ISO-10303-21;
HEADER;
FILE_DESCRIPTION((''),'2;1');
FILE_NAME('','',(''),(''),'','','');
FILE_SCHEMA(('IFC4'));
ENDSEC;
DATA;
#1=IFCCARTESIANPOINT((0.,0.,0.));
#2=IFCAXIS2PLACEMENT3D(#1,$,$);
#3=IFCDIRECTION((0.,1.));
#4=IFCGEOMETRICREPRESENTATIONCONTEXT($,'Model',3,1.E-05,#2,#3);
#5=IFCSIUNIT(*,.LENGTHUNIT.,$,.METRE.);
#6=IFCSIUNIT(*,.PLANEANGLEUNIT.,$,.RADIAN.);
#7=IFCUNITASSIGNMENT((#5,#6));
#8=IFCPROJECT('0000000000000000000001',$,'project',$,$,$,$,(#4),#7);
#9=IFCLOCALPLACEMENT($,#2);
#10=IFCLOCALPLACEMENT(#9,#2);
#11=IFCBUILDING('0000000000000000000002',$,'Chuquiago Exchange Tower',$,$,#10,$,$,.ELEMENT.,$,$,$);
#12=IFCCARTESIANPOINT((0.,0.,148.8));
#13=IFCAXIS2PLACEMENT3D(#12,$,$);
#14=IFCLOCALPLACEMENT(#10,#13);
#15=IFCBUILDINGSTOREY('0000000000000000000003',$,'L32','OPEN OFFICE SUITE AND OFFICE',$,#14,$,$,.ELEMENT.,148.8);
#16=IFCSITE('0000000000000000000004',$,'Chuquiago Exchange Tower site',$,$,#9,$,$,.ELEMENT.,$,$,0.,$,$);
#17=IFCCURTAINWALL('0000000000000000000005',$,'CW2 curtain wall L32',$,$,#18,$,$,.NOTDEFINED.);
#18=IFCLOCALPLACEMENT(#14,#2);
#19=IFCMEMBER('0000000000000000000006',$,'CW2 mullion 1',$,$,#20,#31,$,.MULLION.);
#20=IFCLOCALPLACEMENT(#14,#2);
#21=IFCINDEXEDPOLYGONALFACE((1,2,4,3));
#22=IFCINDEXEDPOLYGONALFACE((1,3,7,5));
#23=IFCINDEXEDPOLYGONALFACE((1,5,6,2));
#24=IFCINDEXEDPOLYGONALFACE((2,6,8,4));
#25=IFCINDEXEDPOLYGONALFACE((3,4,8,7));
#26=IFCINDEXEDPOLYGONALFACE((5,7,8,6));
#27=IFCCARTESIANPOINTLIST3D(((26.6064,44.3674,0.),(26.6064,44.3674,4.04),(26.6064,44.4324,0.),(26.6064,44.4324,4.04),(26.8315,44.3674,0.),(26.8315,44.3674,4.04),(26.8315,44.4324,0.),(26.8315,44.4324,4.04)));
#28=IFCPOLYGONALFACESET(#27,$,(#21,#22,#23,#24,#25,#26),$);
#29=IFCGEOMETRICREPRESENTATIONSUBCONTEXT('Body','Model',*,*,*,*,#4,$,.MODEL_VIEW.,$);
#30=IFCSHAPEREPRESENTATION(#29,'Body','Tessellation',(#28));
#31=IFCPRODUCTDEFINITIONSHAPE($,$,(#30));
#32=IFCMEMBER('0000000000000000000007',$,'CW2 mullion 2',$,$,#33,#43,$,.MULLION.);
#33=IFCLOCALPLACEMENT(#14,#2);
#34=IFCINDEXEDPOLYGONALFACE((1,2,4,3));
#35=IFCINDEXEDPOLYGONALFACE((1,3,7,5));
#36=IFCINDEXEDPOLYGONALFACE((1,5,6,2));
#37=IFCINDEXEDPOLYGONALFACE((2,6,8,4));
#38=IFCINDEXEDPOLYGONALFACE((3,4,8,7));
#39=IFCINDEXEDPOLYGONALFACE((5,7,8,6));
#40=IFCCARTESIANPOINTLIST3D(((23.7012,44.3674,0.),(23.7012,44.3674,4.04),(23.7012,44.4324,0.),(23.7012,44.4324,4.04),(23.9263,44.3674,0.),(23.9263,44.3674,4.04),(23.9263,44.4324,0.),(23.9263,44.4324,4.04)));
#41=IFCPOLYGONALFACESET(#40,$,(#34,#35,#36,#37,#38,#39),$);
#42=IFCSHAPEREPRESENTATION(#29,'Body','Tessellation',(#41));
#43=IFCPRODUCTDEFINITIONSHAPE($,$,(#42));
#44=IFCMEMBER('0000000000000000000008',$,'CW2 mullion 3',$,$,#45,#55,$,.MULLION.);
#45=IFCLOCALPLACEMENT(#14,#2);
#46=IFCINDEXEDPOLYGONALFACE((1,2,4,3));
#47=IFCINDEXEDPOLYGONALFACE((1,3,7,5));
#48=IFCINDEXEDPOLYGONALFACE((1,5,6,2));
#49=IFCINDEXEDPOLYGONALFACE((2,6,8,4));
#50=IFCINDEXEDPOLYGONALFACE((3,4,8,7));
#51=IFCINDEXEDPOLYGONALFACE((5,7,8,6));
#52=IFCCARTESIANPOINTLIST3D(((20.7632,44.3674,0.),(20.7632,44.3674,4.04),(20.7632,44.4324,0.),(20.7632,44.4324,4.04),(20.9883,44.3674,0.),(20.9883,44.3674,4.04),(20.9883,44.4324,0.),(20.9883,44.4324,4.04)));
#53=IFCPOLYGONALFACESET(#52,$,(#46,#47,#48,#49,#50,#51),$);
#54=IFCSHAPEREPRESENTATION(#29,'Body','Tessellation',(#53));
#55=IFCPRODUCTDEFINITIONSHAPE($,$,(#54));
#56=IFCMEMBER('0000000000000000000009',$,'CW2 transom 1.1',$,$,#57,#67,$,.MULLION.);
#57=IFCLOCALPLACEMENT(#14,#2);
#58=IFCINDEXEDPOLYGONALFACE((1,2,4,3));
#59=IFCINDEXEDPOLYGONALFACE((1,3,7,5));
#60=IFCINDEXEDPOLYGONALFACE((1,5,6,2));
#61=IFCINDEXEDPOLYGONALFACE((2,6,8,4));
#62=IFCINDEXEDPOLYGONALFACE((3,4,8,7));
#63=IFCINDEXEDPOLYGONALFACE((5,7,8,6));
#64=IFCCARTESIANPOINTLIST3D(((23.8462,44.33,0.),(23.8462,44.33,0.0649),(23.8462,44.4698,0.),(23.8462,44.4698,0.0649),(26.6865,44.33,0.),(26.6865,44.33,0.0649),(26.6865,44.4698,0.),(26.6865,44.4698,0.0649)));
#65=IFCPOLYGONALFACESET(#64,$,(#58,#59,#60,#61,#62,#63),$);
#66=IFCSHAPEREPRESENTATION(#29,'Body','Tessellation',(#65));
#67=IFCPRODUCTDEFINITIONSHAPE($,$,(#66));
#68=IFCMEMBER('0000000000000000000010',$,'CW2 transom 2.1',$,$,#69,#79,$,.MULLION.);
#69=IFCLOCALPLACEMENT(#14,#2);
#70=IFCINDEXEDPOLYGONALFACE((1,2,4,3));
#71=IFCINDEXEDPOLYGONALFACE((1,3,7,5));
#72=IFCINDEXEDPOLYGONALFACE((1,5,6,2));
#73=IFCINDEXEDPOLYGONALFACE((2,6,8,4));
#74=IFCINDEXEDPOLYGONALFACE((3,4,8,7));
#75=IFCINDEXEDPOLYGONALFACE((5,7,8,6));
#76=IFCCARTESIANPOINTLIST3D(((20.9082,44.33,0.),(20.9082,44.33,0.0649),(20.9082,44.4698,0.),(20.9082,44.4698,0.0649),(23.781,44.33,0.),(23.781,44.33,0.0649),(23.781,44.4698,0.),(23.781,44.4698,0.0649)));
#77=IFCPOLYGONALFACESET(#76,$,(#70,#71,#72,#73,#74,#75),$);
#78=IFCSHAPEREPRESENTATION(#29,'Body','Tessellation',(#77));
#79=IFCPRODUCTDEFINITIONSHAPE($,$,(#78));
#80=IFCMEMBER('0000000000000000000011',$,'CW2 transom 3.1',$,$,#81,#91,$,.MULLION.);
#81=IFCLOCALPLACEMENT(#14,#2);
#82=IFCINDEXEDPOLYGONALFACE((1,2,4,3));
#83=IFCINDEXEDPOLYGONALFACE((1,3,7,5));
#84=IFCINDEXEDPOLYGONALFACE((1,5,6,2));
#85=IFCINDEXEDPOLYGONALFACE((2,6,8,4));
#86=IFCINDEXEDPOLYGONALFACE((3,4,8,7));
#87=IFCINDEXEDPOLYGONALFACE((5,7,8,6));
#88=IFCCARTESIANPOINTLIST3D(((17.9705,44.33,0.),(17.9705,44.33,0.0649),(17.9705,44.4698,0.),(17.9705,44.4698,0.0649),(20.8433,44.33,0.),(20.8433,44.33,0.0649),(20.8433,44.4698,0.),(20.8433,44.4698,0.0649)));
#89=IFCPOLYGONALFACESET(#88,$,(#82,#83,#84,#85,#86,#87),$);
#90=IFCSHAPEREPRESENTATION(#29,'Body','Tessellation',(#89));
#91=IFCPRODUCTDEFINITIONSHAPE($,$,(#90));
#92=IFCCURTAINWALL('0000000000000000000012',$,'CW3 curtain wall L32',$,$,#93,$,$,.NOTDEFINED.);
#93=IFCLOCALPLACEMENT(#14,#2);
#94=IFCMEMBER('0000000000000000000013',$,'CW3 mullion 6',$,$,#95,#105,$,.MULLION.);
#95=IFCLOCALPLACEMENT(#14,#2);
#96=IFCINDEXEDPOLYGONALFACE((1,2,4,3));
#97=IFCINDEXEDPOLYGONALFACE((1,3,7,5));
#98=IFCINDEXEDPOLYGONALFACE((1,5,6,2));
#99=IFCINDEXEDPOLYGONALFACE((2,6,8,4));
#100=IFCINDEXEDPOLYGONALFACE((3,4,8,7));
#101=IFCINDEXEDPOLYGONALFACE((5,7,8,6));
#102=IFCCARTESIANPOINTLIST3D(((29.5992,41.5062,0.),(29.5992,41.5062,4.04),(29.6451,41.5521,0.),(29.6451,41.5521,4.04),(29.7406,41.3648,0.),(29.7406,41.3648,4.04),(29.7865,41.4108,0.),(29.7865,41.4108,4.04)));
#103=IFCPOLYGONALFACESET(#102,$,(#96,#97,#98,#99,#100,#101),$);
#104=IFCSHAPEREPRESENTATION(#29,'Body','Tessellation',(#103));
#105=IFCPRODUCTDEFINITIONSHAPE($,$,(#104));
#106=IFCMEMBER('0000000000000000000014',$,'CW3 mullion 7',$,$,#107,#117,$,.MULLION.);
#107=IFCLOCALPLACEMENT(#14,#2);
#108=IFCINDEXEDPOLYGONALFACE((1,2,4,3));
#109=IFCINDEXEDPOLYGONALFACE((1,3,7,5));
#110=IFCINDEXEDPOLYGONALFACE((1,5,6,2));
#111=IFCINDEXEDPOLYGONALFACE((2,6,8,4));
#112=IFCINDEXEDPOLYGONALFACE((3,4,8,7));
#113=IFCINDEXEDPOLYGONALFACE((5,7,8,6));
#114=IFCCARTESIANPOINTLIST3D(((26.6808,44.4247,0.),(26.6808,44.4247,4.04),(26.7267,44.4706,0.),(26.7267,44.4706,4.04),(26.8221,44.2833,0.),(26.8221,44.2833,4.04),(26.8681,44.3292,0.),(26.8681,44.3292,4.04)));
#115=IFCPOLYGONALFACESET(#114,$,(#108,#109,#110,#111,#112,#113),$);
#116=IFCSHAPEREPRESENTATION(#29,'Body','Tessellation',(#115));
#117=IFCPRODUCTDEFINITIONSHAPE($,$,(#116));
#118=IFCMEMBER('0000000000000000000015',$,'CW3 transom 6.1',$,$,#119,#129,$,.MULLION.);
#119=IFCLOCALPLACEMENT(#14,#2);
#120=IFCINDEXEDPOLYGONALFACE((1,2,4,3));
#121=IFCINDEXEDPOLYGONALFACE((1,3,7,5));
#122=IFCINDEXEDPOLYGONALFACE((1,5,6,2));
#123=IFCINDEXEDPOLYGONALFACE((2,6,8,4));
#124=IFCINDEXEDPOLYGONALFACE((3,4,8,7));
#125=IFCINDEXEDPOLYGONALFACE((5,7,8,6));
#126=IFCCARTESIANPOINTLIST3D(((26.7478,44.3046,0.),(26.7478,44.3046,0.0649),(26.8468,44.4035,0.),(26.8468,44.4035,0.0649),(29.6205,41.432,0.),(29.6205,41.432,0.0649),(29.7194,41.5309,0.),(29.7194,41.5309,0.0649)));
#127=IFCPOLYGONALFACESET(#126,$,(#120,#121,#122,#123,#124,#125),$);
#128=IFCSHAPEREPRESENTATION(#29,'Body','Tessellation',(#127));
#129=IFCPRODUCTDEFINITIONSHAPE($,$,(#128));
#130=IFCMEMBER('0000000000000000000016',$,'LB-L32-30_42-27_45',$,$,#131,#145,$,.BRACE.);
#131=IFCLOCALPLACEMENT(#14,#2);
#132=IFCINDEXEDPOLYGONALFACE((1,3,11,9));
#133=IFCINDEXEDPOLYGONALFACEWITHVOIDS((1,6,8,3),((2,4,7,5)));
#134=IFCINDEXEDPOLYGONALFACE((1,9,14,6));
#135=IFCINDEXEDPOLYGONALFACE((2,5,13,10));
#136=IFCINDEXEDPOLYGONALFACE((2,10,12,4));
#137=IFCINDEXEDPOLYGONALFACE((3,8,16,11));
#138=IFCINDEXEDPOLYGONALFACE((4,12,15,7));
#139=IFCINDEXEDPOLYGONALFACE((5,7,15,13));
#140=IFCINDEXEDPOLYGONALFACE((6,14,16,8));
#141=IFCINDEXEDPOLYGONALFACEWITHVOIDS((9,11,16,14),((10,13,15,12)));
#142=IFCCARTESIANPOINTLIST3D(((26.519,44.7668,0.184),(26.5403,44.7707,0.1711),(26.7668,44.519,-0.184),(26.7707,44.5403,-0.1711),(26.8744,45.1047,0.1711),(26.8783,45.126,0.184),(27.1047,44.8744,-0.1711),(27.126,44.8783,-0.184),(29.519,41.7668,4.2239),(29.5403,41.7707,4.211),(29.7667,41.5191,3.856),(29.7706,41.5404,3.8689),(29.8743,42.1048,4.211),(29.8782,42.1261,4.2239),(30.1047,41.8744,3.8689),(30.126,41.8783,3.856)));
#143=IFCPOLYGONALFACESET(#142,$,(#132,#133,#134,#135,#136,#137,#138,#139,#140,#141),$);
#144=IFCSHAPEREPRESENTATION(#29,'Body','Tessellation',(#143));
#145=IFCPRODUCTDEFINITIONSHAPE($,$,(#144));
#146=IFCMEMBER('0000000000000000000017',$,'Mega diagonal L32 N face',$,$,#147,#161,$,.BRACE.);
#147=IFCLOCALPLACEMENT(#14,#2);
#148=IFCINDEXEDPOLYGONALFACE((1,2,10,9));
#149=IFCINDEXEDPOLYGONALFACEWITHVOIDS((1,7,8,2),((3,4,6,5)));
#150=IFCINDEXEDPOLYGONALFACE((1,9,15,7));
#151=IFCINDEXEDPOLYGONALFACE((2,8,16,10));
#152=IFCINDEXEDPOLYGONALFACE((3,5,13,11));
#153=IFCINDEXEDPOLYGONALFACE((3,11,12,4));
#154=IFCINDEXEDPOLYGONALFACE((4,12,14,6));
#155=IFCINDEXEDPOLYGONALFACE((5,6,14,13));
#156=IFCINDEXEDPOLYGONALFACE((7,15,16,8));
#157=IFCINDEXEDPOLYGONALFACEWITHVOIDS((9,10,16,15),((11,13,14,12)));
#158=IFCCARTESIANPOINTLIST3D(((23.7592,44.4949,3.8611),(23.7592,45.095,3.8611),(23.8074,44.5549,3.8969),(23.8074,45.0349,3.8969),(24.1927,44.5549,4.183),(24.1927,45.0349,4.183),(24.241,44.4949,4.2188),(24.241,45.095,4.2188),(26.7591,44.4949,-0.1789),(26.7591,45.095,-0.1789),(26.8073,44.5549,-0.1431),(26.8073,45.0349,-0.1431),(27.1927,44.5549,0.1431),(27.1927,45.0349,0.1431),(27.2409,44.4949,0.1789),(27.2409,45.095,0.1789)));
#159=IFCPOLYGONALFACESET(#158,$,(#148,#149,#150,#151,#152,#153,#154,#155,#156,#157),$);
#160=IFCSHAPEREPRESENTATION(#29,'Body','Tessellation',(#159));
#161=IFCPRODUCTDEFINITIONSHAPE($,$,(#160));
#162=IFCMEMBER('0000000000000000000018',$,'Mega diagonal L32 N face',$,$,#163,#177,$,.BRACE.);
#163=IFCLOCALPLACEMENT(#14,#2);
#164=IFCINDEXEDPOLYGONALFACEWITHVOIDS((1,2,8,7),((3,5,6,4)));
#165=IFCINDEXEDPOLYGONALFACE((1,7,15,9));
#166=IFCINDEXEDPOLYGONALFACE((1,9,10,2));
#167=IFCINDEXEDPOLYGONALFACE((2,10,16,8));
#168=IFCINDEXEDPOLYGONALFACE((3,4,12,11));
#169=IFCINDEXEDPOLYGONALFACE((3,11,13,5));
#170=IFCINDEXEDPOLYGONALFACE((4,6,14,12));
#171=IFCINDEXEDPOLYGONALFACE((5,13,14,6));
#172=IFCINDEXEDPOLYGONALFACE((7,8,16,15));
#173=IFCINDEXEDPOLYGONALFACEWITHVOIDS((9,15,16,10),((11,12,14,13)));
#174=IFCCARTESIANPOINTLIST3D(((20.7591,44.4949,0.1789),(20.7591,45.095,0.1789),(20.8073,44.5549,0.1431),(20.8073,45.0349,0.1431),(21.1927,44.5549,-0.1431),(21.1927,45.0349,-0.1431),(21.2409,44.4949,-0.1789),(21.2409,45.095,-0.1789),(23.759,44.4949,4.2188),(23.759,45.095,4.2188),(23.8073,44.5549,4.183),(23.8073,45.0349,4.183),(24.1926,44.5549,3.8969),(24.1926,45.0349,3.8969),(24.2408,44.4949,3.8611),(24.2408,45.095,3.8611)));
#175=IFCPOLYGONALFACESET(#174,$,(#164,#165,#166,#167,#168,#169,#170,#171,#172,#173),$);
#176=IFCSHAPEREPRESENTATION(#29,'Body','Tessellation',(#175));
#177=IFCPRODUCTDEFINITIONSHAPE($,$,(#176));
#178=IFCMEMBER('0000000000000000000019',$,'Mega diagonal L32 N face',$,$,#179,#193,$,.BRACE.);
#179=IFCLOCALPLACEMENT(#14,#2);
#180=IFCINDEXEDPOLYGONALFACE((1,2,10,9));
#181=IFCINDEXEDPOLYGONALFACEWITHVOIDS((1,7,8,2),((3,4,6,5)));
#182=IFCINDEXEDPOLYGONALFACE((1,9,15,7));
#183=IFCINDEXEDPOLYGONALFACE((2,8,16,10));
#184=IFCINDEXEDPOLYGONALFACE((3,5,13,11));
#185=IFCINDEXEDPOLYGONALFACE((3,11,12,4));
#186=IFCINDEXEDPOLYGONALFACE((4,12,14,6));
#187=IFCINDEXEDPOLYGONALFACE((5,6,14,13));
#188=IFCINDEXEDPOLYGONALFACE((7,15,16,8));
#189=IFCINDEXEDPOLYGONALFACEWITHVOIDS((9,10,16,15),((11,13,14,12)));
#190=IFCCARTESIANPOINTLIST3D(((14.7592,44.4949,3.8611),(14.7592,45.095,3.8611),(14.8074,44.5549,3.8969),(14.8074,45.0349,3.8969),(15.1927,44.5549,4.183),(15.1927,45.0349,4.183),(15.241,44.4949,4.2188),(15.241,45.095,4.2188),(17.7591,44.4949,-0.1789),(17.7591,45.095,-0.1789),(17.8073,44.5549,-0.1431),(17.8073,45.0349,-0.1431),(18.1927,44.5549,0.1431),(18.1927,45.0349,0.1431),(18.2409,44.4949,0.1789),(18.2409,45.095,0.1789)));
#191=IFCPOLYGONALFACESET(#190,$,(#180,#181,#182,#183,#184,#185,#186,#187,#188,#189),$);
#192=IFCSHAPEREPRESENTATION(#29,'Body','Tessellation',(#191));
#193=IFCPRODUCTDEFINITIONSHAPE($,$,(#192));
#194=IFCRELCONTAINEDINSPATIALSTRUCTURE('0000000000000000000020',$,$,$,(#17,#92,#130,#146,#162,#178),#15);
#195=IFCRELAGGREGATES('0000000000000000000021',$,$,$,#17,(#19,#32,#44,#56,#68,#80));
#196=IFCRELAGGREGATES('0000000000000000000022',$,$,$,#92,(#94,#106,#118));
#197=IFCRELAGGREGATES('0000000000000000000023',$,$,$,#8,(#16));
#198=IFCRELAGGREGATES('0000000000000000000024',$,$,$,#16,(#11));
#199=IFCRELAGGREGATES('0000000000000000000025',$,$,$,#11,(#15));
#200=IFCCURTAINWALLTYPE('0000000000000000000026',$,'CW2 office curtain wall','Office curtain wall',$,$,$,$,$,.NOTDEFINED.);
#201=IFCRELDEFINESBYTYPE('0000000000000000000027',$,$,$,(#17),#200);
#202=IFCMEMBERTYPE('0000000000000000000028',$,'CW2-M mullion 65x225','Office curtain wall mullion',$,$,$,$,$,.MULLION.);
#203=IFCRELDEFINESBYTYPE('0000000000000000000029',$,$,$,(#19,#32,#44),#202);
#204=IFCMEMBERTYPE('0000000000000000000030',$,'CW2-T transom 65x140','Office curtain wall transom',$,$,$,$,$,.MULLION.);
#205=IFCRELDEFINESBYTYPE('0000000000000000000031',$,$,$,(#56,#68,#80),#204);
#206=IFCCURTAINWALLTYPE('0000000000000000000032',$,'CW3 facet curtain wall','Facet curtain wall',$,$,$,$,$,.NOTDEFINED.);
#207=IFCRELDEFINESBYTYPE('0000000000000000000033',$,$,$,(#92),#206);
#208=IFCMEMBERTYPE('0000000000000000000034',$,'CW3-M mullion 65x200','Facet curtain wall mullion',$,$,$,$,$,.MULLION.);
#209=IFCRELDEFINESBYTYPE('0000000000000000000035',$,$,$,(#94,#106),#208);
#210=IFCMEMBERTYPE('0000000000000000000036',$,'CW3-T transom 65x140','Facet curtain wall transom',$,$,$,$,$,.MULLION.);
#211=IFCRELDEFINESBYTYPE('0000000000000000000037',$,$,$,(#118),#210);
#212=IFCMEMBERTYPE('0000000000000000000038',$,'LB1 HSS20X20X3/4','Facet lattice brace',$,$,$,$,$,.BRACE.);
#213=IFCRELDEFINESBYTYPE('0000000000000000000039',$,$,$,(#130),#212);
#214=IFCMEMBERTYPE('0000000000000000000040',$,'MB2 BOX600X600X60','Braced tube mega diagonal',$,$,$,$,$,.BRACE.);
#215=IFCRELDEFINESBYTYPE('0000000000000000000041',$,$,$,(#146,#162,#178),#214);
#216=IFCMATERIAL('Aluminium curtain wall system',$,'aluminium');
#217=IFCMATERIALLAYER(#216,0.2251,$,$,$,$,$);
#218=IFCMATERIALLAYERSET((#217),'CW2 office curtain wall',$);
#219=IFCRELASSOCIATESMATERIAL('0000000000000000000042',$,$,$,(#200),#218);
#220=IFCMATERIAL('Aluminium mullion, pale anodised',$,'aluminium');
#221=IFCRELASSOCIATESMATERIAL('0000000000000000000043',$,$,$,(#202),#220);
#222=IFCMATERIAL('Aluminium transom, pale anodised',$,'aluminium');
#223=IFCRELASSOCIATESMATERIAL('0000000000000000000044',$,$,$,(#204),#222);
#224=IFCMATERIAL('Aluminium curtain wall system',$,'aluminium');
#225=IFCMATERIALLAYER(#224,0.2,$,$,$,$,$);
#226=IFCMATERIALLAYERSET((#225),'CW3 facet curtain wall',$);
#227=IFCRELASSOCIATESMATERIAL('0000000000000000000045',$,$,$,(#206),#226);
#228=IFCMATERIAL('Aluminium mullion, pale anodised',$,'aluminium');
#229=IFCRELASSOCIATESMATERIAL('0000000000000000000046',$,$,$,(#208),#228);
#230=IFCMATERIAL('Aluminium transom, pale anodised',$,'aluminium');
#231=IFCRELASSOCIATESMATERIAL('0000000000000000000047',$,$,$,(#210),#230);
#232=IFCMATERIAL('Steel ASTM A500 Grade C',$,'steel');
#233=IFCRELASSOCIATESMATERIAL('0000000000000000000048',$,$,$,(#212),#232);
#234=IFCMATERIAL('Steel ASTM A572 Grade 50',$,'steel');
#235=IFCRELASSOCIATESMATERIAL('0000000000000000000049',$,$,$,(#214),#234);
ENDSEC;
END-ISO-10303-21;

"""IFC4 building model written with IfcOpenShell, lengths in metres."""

from ifc_helpers import new_model, si_unit, direction, frame, origin, origin_2d, place, context, subcontext, project, spatial, rectangle, hollow_rectangle, extrude, material, layer, layer_set, material_profile, profile_set, type_object, element, aggregate, save


model = new_model("IFC4")

# Units and contexts
model_context = context("Model", 3, precision=1e-05, world=origin(), true_north=direction((0.0, 1.0)))
body_context = subcontext(model_context, "Body", "Model", "MODEL_VIEW")
ifc_project = project(units=[si_unit("LENGTHUNIT", "METRE"), si_unit("PLANEANGLEUNIT", "RADIAN")], contexts=[model_context])

# Site, building, storey
site_placement = place(None, origin())
site = spatial("IfcSite", under=ifc_project, at=site_placement, Name="Chuquiago Exchange Tower site", CompositionType="ELEMENT", RefElevation=0.0)
building_placement = place(site_placement, origin())
building = spatial("IfcBuilding", under=site, at=building_placement, Name="Chuquiago Exchange Tower", CompositionType="ELEMENT")
storey_placement = place(building_placement, frame((0.0, 0.0, 148.8)))
storey = spatial("IfcBuildingStorey", under=building, at=storey_placement, Name="L32", Description="OPEN OFFICE SUITE AND OFFICE", CompositionType="ELEMENT", Elevation=148.8)

# Curtain walls, members
ifc_material_1 = material(Name="Aluminium curtain wall system", Category="aluminium")
ifc_layer_1 = layer(ifc_material_1, 0.2251)
ifc_layer_set_1 = layer_set([ifc_layer_1], Name="CW2 office curtain wall")
curtain_wall_type_1 = type_object("IfcCurtainWallType", Name="CW2 office curtain wall", Description="Office curtain wall", PredefinedType="NOTDEFINED", material=ifc_layer_set_1)
curtain_wall_1_placement = place(storey_placement, origin())
curtain_wall_1 = element("IfcCurtainWall", 1, at=curtain_wall_1_placement, inside=storey, type_object=curtain_wall_type_1, Name="CW2 curtain wall L32", PredefinedType="NOTDEFINED")
ifc_material_2 = material(Name="Aluminium mullion, pale anodised", Category="aluminium")
ifc_material_profile_1 = material_profile(ifc_material_2, rectangle(XDim=0.0649, YDim=0.2251, at=origin_2d()), Name="AL 65x225")
ifc_profile_set_1 = profile_set([ifc_material_profile_1], Name="Aluminium mullion, pale anodised")
member_type_1 = type_object("IfcMemberType", Name="CW2-M mullion 65x225", Description="Office curtain wall mullion", PredefinedType="MULLION", material=ifc_profile_set_1)
member_1_placement = place(storey_placement, frame((26.719, 44.3999, 0.0), z_axis=(0.0, 0.0, 1.0), x_axis=(0.0, -1.0, 0.0)))
member_1 = element("IfcMember", 2, at=member_1_placement, type_object=member_type_1, Name="CW2 mullion 1", PredefinedType="MULLION", context=body_context, shape_type="SweptSolid", body=[
    extrude(rectangle(XDim=0.0649, YDim=0.2251, at=origin_2d()), origin(), (0.0, 0.0, 1.0), 4.04),
])
member_2_placement = place(storey_placement, frame((23.8137, 44.3999, 0.0), z_axis=(0.0, 0.0, 1.0), x_axis=(0.0, -1.0, 0.0)))
member_2 = element("IfcMember", 3, at=member_2_placement, type_object=member_type_1, Name="CW2 mullion 2", PredefinedType="MULLION", context=body_context, shape_type="SweptSolid", body=[
    extrude(rectangle(XDim=0.0649, YDim=0.2251, at=origin_2d()), origin(), (0.0, 0.0, 1.0), 4.04),
])
member_3_placement = place(storey_placement, frame((20.8757, 44.3999, 0.0), z_axis=(0.0, 0.0, 1.0), x_axis=(0.0, -1.0, 0.0)))
member_3 = element("IfcMember", 4, at=member_3_placement, type_object=member_type_1, Name="CW2 mullion 3", PredefinedType="MULLION", context=body_context, shape_type="SweptSolid", body=[
    extrude(rectangle(XDim=0.0649, YDim=0.2251, at=origin_2d()), origin(), (0.0, 0.0, 1.0), 4.04),
])
ifc_material_3 = material(Name="Aluminium transom, pale anodised", Category="aluminium")
ifc_material_profile_2 = material_profile(ifc_material_3, rectangle(XDim=0.1399, YDim=0.0649, at=origin_2d()), Name="AL 140x65")
ifc_profile_set_2 = profile_set([ifc_material_profile_2], Name="Aluminium transom, pale anodised")
member_type_2 = type_object("IfcMemberType", Name="CW2-T transom 65x140", Description="Office curtain wall transom", PredefinedType="MULLION", material=ifc_profile_set_2)
member_4_placement = place(storey_placement, frame((26.6865, 44.3999, 0.0325), z_axis=(-1.0, 0.0, 0.0), x_axis=(0.0, -1.0, 0.0)))
member_4 = element("IfcMember", 5, at=member_4_placement, type_object=member_type_2, Name="CW2 transom 1.1", PredefinedType="MULLION", context=body_context, shape_type="SweptSolid", body=[
    extrude(rectangle(XDim=0.1399, YDim=0.0649, at=origin_2d()), origin(), (0.0, 0.0, 1.0), 2.8403),
])
member_5_placement = place(storey_placement, frame((23.781, 44.3999, 0.0325), z_axis=(-1.0, 0.0, 0.0), x_axis=(0.0, -1.0, 0.0)))
member_5 = element("IfcMember", 6, at=member_5_placement, type_object=member_type_2, Name="CW2 transom 2.1", PredefinedType="MULLION", context=body_context, shape_type="SweptSolid", body=[
    extrude(rectangle(XDim=0.1399, YDim=0.0649, at=origin_2d()), origin(), (0.0, 0.0, 1.0), 2.8728),
])
member_6_placement = place(storey_placement, frame((20.8433, 44.3999, 0.0325), z_axis=(-1.0, 0.0, 0.0), x_axis=(0.0, -1.0, 0.0)))
member_6 = element("IfcMember", 7, at=member_6_placement, type_object=member_type_2, Name="CW2 transom 3.1", PredefinedType="MULLION", context=body_context, shape_type="SweptSolid", body=[
    extrude(rectangle(XDim=0.1399, YDim=0.0649, at=origin_2d()), origin(), (0.0, 0.0, 1.0), 2.8728),
])
ifc_material_4 = material(Name="Aluminium curtain wall system", Category="aluminium")
ifc_layer_2 = layer(ifc_material_4, 0.2)
ifc_layer_set_2 = layer_set([ifc_layer_2], Name="CW3 facet curtain wall")
curtain_wall_type_2 = type_object("IfcCurtainWallType", Name="CW3 facet curtain wall", Description="Facet curtain wall", PredefinedType="NOTDEFINED", material=ifc_layer_set_2)
curtain_wall_2_placement = place(storey_placement, origin())
curtain_wall_2 = element("IfcCurtainWall", 8, at=curtain_wall_2_placement, inside=storey, type_object=curtain_wall_type_2, Name="CW3 curtain wall L32", PredefinedType="NOTDEFINED")
ifc_material_5 = material(Name="Aluminium mullion, pale anodised", Category="aluminium")
ifc_material_profile_3 = material_profile(ifc_material_5, rectangle(XDim=0.0649, YDim=0.2, at=origin_2d()), Name="AL 65x200")
ifc_profile_set_3 = profile_set([ifc_material_profile_3], Name="Aluminium mullion, pale anodised")
member_type_3 = type_object("IfcMemberType", Name="CW3-M mullion 65x200", Description="Facet curtain wall mullion", PredefinedType="MULLION", material=ifc_profile_set_3)
member_7_placement = place(storey_placement, frame((29.6929, 41.4585, 0.0), z_axis=(0.0, 0.0, 1.0), x_axis=(-0.707107, -0.707107, 0.0)))
member_7 = element("IfcMember", 9, at=member_7_placement, type_object=member_type_3, Name="CW3 mullion 6", PredefinedType="MULLION", context=body_context, shape_type="SweptSolid", body=[
    extrude(rectangle(XDim=0.0649, YDim=0.2, at=origin_2d()), origin(), (0.0, 0.0, 1.0), 4.04),
])
member_8_placement = place(storey_placement, frame((26.7744, 44.377, 0.0), z_axis=(0.0, 0.0, 1.0), x_axis=(-0.707107, -0.707107, 0.0)))
member_8 = element("IfcMember", 10, at=member_8_placement, type_object=member_type_3, Name="CW3 mullion 7", PredefinedType="MULLION", context=body_context, shape_type="SweptSolid", body=[
    extrude(rectangle(XDim=0.0649, YDim=0.2, at=origin_2d()), origin(), (0.0, 0.0, 1.0), 4.04),
])
ifc_material_6 = material(Name="Aluminium transom, pale anodised", Category="aluminium")
ifc_material_profile_4 = material_profile(ifc_material_6, rectangle(XDim=0.1399, YDim=0.0649, at=origin_2d()), Name="AL 140x65")
ifc_profile_set_4 = profile_set([ifc_material_profile_4], Name="Aluminium transom, pale anodised")
member_type_4 = type_object("IfcMemberType", Name="CW3-T transom 65x140", Description="Facet curtain wall transom", PredefinedType="MULLION", material=ifc_profile_set_4)
member_9_placement = place(storey_placement, frame((29.6699, 41.4814, 0.0325), z_axis=(-0.707107, 0.707107, 0.0), x_axis=(-0.707107, -0.707107, 0.0)))
member_9 = element("IfcMember", 11, at=member_9_placement, type_object=member_type_4, Name="CW3 transom 6.1", PredefinedType="MULLION", context=body_context, shape_type="SweptSolid", body=[
    extrude(rectangle(XDim=0.1399, YDim=0.0649, at=origin_2d()), origin(), (0.0, 0.0, 1.0), 4.0625),
])

# Members
ifc_material_7 = material(Name="Steel ASTM A500 Grade C", Category="steel")
ifc_material_profile_5 = material_profile(ifc_material_7, hollow_rectangle(XDim=0.5081, YDim=0.5081, WallThickness=0.0178, at=origin_2d()), Name="HSS20X20X3/4")
ifc_profile_set_5 = profile_set([ifc_material_profile_5], Name="Steel ASTM A500 Grade C")
member_type_5 = type_object("IfcMemberType", Name="LB1 HSS20X20X3/4", Description="Facet lattice brace", PredefinedType="BRACE", material=ifc_profile_set_5)
member_10_placement = place(storey_placement, frame((26.8225, 44.8225, 0.0), z_axis=(0.512077, -0.512077, 0.689604), x_axis=(0.707107, 0.707107, 0.0)))
element("IfcMember", 12, at=member_10_placement, inside=storey, type_object=member_type_5, Name="LB-L32-30_42-27_45", PredefinedType="BRACE", context=body_context, shape_type="SweptSolid", body=[
    extrude(hollow_rectangle(XDim=0.5081, YDim=0.5081, WallThickness=0.0178, at=origin_2d()), origin(), (0.0, 0.0, 1.0), 5.8584),
])
ifc_material_8 = material(Name="Steel ASTM A572 Grade 50", Category="steel")
ifc_material_profile_6 = material_profile(ifc_material_8, hollow_rectangle(XDim=0.6001, YDim=0.6001, WallThickness=0.0601, at=origin_2d()), Name="BOX600X600X60")
ifc_profile_set_6 = profile_set([ifc_material_profile_6], Name="Steel ASTM A572 Grade 50")
member_type_6 = type_object("IfcMemberType", Name="MB2 BOX600X600X60", Description="Braced tube mega diagonal", PredefinedType="BRACE", material=ifc_profile_set_6)
for number, where, z_axis, x_axis, name in (
    (13, (27.0, 44.7949, 0.0), (-0.596174, 0.0, 0.802855), (0.0, -1.0, 0.0), "Mega diagonal L32 N face"),
    (14, (21.0, 44.7949, 0.0), (0.596174, 0.0, 0.802855), (0.0, 1.0, 0.0), "Mega diagonal L32 N face"),
    (15, (18.0, 44.7949, 0.0), (-0.596174, 0.0, 0.802855), (0.0, -1.0, 0.0), "Mega diagonal L32 N face"),
):
    element("IfcMember", number, at=place(storey_placement, frame(where, z_axis=z_axis, x_axis=x_axis)), inside=storey, type_object=member_type_6, Name=name, PredefinedType="BRACE", context=body_context, shape_type="SweptSolid", body=[
        extrude(hollow_rectangle(XDim=0.6001, YDim=0.6001, WallThickness=0.0601, at=origin_2d()), origin(), (0.0, 0.0, 1.0), 5.032),
    ])

aggregate(curtain_wall_1, [member_1, member_2, member_3, member_4, member_5, member_6])
aggregate(curtain_wall_2, [member_7, member_8, member_9])

save(model, "model.ifc")
